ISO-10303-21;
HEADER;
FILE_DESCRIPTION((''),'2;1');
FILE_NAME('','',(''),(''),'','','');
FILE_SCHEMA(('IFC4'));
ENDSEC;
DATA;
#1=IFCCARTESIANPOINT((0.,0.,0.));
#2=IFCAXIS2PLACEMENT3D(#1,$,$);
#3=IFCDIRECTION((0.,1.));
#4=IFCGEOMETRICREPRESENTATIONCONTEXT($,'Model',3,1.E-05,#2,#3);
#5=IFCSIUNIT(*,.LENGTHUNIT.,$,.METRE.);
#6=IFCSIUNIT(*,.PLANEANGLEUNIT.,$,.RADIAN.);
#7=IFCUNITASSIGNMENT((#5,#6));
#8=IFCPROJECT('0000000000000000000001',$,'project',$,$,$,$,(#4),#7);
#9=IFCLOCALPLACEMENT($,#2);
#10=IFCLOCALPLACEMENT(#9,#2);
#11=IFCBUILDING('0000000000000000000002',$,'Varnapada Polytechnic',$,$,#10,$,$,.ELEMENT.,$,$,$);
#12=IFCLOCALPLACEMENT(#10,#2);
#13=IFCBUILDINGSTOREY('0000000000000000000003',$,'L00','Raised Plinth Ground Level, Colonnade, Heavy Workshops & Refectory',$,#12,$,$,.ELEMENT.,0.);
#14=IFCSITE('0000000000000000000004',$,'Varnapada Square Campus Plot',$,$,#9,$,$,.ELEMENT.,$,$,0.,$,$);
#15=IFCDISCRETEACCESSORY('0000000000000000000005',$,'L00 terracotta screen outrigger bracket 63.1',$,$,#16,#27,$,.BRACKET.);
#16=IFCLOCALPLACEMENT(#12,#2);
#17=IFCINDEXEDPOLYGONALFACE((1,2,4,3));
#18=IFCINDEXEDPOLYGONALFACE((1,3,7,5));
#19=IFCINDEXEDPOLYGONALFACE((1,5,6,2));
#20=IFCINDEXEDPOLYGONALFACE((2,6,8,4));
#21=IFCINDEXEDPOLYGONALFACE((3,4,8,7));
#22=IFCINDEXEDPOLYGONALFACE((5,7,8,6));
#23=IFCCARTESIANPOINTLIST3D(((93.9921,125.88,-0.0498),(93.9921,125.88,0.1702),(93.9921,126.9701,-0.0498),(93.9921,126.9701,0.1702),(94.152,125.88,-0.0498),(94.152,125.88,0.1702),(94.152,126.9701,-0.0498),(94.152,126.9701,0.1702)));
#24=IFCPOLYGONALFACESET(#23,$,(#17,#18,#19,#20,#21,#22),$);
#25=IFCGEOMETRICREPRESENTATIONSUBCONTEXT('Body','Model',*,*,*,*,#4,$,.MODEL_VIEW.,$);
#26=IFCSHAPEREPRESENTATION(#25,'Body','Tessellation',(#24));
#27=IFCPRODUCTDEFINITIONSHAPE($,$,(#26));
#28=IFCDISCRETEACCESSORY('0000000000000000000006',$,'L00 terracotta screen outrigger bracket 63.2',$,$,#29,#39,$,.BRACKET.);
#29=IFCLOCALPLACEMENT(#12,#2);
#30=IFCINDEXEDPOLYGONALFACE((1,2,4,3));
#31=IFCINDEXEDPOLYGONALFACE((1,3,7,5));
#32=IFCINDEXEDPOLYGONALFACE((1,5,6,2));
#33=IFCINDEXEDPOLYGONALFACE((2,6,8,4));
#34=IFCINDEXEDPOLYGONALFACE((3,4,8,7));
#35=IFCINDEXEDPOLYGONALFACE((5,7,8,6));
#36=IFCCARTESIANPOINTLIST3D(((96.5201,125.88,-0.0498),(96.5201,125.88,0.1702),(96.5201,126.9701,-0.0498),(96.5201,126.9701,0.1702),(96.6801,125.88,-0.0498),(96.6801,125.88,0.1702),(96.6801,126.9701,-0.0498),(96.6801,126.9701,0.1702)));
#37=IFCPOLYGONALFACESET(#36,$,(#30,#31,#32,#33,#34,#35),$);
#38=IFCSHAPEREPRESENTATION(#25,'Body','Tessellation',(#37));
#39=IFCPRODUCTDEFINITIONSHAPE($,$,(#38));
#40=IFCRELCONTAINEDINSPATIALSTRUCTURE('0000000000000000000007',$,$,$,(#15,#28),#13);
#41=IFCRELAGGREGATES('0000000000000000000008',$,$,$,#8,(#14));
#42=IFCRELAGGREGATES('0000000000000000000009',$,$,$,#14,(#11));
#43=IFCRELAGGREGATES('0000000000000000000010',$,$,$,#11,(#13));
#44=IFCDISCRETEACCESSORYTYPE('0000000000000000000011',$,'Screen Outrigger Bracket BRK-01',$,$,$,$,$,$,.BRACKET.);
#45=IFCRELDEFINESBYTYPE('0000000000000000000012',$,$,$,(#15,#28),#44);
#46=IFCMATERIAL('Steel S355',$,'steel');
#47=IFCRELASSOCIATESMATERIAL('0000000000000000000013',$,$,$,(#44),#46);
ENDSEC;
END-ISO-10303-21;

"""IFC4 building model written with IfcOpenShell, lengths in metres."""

from ifc_helpers import new_model, si_unit, direction, frame, origin, origin_2d, place, context, subcontext, project, spatial, rectangle, extrude, material, type_object, element, save


model = new_model("IFC4")

# Units and contexts
model_context = context("Model", 3, precision=1e-05, world=origin(), true_north=direction((0.0, 1.0)))
body_context = subcontext(model_context, "Body", "Model", "MODEL_VIEW")
ifc_project = project(units=[si_unit("LENGTHUNIT", "METRE"), si_unit("PLANEANGLEUNIT", "RADIAN")], contexts=[model_context])

# Site, building, storey
site_placement = place(None, origin())
site = spatial("IfcSite", under=ifc_project, at=site_placement, Name="Varnapada Square Campus Plot", CompositionType="ELEMENT", RefElevation=0.0)
building_placement = place(site_placement, origin())
building = spatial("IfcBuilding", under=site, at=building_placement, Name="Varnapada Polytechnic", CompositionType="ELEMENT")
storey_placement = place(building_placement, origin())
storey = spatial("IfcBuildingStorey", under=building, at=storey_placement, Name="L00", Description="Raised Plinth Ground Level, Colonnade, Heavy Workshops & Refectory", CompositionType="ELEMENT", Elevation=0.0)

# Discrete accessories
ifc_material_1 = material(Name="Steel S355", Category="steel")
discrete_accessory_type = type_object("IfcDiscreteAccessoryType", Name="Screen Outrigger Bracket BRK-01", PredefinedType="BRACKET", material=ifc_material_1)
for number, where, z_axis, x_axis, name in (
    (1, (94.072, 126.425, -0.0498), (0.0, 0.0, 1.0), (1.0, 0.0, 0.0), "L00 terracotta screen outrigger bracket 63.1"),
    (2, (96.6001, 126.425, -0.0498), (0.0, 0.0, 1.0), (1.0, 0.0, 0.0), "L00 terracotta screen outrigger bracket 63.2"),
):
    element("IfcDiscreteAccessory", number, at=place(storey_placement, frame(where, z_axis=z_axis, x_axis=x_axis)), inside=storey, type_object=discrete_accessory_type, Name=name, PredefinedType="BRACKET", context=body_context, shape_type="SweptSolid", body=[
        extrude(rectangle(XDim=0.1599, YDim=1.0901, at=origin_2d()), origin(), (0.0, 0.0, 1.0), 0.22),
    ])

save(model, "model.ifc")
